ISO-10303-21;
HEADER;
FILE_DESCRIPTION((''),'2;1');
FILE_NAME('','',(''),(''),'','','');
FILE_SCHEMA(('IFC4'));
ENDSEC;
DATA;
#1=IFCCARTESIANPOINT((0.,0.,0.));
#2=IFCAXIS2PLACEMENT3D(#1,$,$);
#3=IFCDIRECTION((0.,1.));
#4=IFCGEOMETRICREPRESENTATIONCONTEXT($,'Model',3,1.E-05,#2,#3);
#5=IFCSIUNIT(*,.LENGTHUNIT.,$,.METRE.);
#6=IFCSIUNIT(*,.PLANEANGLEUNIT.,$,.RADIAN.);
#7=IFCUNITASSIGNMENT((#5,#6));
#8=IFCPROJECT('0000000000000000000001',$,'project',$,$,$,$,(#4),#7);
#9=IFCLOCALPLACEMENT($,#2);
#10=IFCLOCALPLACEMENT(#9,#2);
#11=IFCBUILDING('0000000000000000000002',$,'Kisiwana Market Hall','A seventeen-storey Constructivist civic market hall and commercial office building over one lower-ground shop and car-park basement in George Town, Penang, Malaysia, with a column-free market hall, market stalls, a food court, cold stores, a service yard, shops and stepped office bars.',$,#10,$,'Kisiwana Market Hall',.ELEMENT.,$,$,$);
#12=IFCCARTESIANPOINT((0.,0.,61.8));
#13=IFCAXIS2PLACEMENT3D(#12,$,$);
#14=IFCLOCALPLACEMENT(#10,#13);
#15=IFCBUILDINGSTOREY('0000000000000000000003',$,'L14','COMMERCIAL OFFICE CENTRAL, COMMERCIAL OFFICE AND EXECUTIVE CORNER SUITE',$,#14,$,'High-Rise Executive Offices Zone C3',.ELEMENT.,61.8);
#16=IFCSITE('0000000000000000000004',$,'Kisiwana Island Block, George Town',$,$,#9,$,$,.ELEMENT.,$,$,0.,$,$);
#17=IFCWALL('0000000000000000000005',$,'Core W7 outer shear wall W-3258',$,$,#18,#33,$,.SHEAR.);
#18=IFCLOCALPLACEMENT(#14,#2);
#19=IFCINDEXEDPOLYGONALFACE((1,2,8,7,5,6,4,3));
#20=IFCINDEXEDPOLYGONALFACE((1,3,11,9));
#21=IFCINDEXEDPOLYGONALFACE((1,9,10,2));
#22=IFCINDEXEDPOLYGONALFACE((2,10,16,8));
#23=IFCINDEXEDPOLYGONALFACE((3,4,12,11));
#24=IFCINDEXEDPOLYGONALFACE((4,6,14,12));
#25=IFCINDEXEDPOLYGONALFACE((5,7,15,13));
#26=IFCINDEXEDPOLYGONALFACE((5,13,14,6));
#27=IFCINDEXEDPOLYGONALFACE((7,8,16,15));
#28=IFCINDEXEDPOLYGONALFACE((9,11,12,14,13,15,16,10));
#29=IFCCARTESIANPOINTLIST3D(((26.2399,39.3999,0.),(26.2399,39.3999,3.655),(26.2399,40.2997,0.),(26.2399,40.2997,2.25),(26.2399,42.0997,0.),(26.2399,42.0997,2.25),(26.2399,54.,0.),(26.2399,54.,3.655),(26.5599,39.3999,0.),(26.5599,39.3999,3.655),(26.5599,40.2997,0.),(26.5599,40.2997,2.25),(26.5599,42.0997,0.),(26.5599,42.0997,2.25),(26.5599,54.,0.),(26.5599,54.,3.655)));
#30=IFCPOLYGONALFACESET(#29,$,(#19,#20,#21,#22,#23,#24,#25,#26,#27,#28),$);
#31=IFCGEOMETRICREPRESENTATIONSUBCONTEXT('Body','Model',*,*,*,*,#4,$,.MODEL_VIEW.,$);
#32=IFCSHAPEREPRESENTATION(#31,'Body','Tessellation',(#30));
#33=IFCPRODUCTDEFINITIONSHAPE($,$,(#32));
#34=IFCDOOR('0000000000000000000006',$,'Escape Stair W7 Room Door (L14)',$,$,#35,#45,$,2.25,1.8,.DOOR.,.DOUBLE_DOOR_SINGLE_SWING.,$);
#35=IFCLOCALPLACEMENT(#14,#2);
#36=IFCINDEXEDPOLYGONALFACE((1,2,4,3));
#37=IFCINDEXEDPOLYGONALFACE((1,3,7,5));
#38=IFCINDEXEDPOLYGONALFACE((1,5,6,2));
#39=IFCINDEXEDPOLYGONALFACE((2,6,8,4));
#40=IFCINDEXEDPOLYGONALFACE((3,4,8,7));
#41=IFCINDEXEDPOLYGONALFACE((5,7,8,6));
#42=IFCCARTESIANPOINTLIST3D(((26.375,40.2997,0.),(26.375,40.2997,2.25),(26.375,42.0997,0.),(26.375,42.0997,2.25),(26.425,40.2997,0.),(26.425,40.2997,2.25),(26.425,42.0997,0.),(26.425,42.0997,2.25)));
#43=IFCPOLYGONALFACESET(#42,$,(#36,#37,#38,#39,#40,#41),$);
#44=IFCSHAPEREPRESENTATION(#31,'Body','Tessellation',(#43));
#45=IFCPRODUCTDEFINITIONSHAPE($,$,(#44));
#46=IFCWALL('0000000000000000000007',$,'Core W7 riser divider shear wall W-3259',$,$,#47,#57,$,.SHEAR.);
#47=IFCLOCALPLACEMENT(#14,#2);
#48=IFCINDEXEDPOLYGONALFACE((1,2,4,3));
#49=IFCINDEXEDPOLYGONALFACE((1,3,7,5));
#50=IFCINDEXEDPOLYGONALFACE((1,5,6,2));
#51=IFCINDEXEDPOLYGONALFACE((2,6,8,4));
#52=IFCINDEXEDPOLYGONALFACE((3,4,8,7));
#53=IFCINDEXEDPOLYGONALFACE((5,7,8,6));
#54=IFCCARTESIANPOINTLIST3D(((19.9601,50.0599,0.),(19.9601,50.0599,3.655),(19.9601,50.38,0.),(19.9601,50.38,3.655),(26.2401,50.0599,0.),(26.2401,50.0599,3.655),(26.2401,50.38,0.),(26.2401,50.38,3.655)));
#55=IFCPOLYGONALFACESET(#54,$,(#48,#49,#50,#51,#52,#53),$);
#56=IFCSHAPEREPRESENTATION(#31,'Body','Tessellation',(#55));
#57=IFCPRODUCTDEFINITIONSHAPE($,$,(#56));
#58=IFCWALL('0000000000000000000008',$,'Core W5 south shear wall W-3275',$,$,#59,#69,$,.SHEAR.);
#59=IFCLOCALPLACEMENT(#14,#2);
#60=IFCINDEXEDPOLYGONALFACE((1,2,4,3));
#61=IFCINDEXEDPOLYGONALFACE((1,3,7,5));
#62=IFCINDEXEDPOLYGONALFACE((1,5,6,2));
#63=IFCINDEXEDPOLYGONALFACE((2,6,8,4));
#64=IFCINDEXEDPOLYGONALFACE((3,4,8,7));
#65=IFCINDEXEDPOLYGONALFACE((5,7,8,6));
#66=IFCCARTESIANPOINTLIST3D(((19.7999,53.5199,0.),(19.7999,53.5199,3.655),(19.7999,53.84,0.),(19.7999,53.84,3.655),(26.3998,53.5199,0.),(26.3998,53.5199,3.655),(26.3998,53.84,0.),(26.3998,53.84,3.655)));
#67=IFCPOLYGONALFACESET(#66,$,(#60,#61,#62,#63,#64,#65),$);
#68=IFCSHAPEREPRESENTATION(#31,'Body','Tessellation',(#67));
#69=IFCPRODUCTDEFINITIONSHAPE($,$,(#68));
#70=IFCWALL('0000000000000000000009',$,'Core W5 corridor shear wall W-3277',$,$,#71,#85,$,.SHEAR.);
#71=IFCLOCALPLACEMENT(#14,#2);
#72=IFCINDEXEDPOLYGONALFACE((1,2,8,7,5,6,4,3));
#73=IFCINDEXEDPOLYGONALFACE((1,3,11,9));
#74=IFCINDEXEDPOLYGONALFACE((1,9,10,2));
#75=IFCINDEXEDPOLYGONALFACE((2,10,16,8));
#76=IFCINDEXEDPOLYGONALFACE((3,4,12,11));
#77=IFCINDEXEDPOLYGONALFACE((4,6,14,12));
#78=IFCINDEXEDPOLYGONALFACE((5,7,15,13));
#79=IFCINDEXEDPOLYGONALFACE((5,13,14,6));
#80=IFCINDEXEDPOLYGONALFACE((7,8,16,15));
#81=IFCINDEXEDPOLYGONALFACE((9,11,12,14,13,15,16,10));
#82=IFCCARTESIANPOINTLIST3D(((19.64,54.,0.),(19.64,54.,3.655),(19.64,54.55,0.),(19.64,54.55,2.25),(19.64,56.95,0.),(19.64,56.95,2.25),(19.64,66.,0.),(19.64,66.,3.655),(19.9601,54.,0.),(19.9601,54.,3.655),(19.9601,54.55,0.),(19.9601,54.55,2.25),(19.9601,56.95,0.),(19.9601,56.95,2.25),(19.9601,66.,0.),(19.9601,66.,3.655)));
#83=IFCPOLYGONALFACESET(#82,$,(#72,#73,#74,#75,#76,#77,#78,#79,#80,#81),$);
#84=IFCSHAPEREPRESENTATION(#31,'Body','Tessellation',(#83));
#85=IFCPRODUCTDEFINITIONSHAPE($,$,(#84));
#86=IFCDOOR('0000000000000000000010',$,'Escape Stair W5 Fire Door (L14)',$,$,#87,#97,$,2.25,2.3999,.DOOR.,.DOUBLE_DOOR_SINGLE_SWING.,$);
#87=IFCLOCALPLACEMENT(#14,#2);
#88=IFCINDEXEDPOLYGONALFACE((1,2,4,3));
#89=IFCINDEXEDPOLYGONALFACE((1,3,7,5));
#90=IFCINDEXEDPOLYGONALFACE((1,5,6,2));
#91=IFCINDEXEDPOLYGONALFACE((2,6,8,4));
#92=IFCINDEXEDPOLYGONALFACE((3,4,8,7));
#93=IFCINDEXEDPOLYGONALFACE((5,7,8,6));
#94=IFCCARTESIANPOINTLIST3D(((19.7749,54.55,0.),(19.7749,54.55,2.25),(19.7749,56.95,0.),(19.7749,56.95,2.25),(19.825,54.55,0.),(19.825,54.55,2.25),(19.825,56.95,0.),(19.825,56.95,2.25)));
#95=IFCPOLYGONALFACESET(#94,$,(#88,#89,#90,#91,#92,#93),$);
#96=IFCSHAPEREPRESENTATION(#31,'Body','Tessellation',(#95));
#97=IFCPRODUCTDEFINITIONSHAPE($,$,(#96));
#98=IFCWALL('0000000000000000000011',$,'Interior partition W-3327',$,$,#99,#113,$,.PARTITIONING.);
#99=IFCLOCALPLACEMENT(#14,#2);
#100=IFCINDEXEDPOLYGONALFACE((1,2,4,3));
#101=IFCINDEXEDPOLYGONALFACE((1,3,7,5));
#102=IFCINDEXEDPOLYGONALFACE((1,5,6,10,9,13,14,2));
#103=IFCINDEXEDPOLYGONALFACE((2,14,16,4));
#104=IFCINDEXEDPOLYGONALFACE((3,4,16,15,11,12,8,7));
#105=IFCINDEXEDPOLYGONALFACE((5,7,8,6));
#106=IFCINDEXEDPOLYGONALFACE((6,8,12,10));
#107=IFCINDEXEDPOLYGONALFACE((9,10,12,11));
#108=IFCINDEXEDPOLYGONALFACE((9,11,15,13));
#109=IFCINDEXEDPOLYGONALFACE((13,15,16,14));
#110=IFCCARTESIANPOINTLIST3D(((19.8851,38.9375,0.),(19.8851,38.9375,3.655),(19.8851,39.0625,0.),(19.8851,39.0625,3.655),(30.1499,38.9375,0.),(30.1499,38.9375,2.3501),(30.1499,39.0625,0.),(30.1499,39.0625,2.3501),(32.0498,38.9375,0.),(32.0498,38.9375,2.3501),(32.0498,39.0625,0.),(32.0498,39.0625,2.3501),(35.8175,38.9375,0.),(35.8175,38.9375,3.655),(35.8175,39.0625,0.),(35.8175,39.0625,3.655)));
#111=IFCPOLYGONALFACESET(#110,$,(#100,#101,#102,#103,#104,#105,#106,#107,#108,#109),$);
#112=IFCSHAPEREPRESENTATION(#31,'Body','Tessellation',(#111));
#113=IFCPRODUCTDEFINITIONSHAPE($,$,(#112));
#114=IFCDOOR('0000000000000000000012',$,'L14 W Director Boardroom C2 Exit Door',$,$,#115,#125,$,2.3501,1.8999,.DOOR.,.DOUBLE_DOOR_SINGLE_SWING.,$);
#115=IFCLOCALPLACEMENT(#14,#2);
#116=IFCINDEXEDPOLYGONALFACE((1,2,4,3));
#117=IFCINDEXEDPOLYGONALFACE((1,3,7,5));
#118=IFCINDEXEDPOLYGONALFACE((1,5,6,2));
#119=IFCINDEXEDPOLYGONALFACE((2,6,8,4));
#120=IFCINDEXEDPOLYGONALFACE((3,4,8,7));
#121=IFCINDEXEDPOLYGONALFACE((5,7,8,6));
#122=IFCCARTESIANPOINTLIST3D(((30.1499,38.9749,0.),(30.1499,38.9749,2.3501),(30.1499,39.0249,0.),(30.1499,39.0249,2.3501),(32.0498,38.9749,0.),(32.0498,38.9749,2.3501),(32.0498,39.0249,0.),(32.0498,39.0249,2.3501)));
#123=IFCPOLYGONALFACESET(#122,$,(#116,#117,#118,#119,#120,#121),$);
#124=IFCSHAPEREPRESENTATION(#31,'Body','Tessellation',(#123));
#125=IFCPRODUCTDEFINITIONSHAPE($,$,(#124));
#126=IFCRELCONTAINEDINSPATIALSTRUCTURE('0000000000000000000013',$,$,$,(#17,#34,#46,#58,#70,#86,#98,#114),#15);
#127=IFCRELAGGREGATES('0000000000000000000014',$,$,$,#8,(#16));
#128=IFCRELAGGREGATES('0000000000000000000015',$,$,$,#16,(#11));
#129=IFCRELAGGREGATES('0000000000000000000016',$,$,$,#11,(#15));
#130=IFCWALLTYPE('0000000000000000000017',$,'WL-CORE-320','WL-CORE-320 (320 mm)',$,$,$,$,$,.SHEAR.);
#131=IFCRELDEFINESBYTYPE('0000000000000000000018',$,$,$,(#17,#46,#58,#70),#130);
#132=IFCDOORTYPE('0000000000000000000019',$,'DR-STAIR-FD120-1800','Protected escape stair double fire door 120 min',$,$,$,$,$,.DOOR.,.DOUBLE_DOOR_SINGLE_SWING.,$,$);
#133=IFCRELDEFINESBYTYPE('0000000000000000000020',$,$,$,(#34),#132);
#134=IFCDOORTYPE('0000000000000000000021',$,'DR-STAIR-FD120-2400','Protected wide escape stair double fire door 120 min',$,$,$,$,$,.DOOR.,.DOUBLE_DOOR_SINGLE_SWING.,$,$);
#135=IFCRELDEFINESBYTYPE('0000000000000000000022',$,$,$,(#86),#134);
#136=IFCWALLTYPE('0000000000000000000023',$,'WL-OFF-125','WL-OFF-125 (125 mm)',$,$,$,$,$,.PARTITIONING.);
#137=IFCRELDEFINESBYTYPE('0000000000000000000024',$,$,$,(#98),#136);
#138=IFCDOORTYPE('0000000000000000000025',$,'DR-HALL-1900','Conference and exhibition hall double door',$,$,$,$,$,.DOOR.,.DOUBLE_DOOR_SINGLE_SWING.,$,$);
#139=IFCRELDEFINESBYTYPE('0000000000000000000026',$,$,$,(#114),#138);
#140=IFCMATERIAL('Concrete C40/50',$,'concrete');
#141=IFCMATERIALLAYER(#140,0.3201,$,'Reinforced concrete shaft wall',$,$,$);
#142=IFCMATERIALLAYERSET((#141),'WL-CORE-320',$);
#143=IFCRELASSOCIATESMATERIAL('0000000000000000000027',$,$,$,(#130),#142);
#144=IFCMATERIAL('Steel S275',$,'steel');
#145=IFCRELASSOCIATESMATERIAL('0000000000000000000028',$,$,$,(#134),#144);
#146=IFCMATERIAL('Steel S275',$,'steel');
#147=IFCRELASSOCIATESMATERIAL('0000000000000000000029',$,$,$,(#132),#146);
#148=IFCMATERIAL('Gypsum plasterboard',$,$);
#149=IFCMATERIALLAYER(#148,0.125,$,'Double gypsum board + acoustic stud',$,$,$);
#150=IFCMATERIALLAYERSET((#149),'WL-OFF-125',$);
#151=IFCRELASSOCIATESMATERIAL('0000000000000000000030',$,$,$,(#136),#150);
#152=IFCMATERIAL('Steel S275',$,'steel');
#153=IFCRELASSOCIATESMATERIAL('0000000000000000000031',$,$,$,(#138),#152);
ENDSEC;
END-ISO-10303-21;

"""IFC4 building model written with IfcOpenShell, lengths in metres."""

from ifc_helpers import new_model, si_unit, direction, frame, frame_2d, origin, place, context, subcontext, project, spatial, rectangle, extrude, material, layer, layer_set, type_object, element, fill, save


model = new_model("IFC4")

# Units and contexts
model_context = context("Model", 3, precision=1e-05, world=origin(), true_north=direction((0.0, 1.0)))
body_context = subcontext(model_context, "Body", "Model", "MODEL_VIEW")
ifc_project = project(units=[si_unit("LENGTHUNIT", "METRE"), si_unit("PLANEANGLEUNIT", "RADIAN")], contexts=[model_context])

# Site, building, storey
site_placement = place(None, origin())
site = spatial("IfcSite", under=ifc_project, at=site_placement, Name="Kisiwana Island Block, George Town", CompositionType="ELEMENT", RefElevation=0.0)
building_placement = place(site_placement, origin())
building = spatial("IfcBuilding", under=site, at=building_placement, Name="Kisiwana Market Hall", Description="A seventeen-storey Constructivist civic market hall and commercial office building over one lower-ground shop and car-park basement in George Town, Penang, Malaysia, with a column-free market hall, market stalls, a food court, cold stores, a service yard, shops and stepped office bars.", LongName="Kisiwana Market Hall", CompositionType="ELEMENT")
storey_placement = place(building_placement, frame((0.0, 0.0, 61.8)))
storey = spatial("IfcBuildingStorey", under=building, at=storey_placement, Name="L14", Description="COMMERCIAL OFFICE CENTRAL, COMMERCIAL OFFICE AND EXECUTIVE CORNER SUITE", LongName="High-Rise Executive Offices Zone C3", CompositionType="ELEMENT", Elevation=61.8)

# Shared definitions
ifc_material_1 = material(Name="Concrete C40/50", Category="concrete")
ifc_layer_1 = layer(ifc_material_1, 0.3201, Name="Reinforced concrete shaft wall")
ifc_layer_set_1 = layer_set([ifc_layer_1], Name="WL-CORE-320")
wall_type_1 = type_object("IfcWallType", Name="WL-CORE-320", Description="WL-CORE-320 (320 mm)", PredefinedType="SHEAR", material=ifc_layer_set_1)
ifc_material_2 = material(Name="Steel S275", Category="steel")
door_type_1 = type_object("IfcDoorType", Name="DR-STAIR-FD120-2400", Description="Protected wide escape stair double fire door 120 min", OperationType="DOUBLE_DOOR_SINGLE_SWING", PredefinedType="DOOR", material=ifc_material_2)

# Wall, opening, door
wall_1_placement = place(storey_placement, frame((26.3999, 39.3999, 0.0), z_axis=(0.0, 0.0, 1.0), x_axis=(0.0, 1.0, 0.0)))
wall_1 = element("IfcWall", 1, at=wall_1_placement, inside=storey, type_object=wall_type_1, Name="Core W7 outer shear wall W-3258", PredefinedType="SHEAR", context=body_context, shape_type="SweptSolid", body=[
    extrude(rectangle(XDim=14.6001, YDim=0.3201, at=frame_2d((7.3, 0.0))), origin(), (0.0, 0.0, 1.0), 3.655),
])
opening_1_placement = place(wall_1_placement, frame((0.8999, 0.0, 0.0)))
opening_1 = element("IfcOpeningElement", 2, at=opening_1_placement, cuts=wall_1, PredefinedType="OPENING", context=body_context, shape_type="SweptSolid", body=[
    extrude(rectangle(XDim=1.8, YDim=2.25, at=frame_2d((0.8999, 1.125))), frame((0.0, 0.1719, 0.0), z_axis=(0.0, -1.0, 0.0), x_axis=(1.0, 0.0, 0.0)), (0.0, 0.0, 1.0), 0.344),
])
ifc_material_3 = material(Name="Steel S275", Category="steel")
door_type_2 = type_object("IfcDoorType", Name="DR-STAIR-FD120-1800", Description="Protected escape stair double fire door 120 min", OperationType="DOUBLE_DOOR_SINGLE_SWING", PredefinedType="DOOR", material=ifc_material_3)
door_1_placement = place(opening_1_placement, origin())
door_1 = element("IfcDoor", 3, at=door_1_placement, inside=storey, type_object=door_type_2, Name="Escape Stair W7 Room Door (L14)", OperationType="DOUBLE_DOOR_SINGLE_SWING", OverallHeight=2.25, OverallWidth=1.8, PredefinedType="DOOR", context=body_context, shape_type="SweptSolid", body=[
    extrude(rectangle(XDim=1.8, YDim=2.25, at=frame_2d((0.8999, 1.125))), frame((0.0, 0.0249, 0.0), z_axis=(0.0, -1.0, 0.0), x_axis=(1.0, 0.0, 0.0)), (0.0, 0.0, 1.0), 0.05),
])
fill(opening_1, door_1)

# Walls
wall_2_placement = place(storey_placement, frame((19.96, 50.22, 0.0), z_axis=(0.0, 0.0, 1.0), x_axis=(1.0, 0.0, 0.0)))
element("IfcWall", 4, at=wall_2_placement, inside=storey, type_object=wall_type_1, Name="Core W7 riser divider shear wall W-3259", PredefinedType="SHEAR", context=body_context, shape_type="SweptSolid", body=[
    extrude(rectangle(XDim=6.28, YDim=0.3201, at=frame_2d((3.1401, 0.0))), origin(), (0.0, 0.0, 1.0), 3.655),
])
wall_3_placement = place(storey_placement, frame((19.8, 53.6799, 0.0), z_axis=(0.0, 0.0, 1.0), x_axis=(1.0, 0.0, 0.0)))
element("IfcWall", 5, at=wall_3_placement, inside=storey, type_object=wall_type_1, Name="Core W5 south shear wall W-3275", PredefinedType="SHEAR", context=body_context, shape_type="SweptSolid", body=[
    extrude(rectangle(XDim=6.5999, YDim=0.3201, at=frame_2d((3.2998, 0.0))), origin(), (0.0, 0.0, 1.0), 3.655),
])

# Walls, openings, doors
wall_4_placement = place(storey_placement, frame((19.8, 54.0, 0.0), z_axis=(0.0, 0.0, 1.0), x_axis=(0.0, 1.0, 0.0)))
wall_4 = element("IfcWall", 6, at=wall_4_placement, inside=storey, type_object=wall_type_1, Name="Core W5 corridor shear wall W-3277", PredefinedType="SHEAR", context=body_context, shape_type="SweptSolid", body=[
    extrude(rectangle(XDim=12.0, YDim=0.3201, at=frame_2d((6.0, 0.0))), origin(), (0.0, 0.0, 1.0), 3.655),
])
opening_2_placement = place(wall_4_placement, frame((0.55, 0.0, 0.0)))
opening_2 = element("IfcOpeningElement", 7, at=opening_2_placement, cuts=wall_4, PredefinedType="OPENING", context=body_context, shape_type="SweptSolid", body=[
    extrude(rectangle(XDim=2.3999, YDim=2.25, at=frame_2d((1.2, 1.125))), frame((0.0, 0.1719, 0.0), z_axis=(0.0, -1.0, 0.0), x_axis=(1.0, 0.0, 0.0)), (0.0, 0.0, 1.0), 0.344),
])
door_2_placement = place(opening_2_placement, frame((2.3999, 0.0, 0.0), z_axis=(0.0, 0.0, 1.0), x_axis=(-1.0, 0.0, 0.0)))
door_2 = element("IfcDoor", 8, at=door_2_placement, inside=storey, type_object=door_type_1, Name="Escape Stair W5 Fire Door (L14)", OperationType="DOUBLE_DOOR_SINGLE_SWING", OverallHeight=2.25, OverallWidth=2.3999, PredefinedType="DOOR", context=body_context, shape_type="SweptSolid", body=[
    extrude(rectangle(XDim=2.3999, YDim=2.25, at=frame_2d((1.2, 1.125))), frame((0.0, 0.0249, 0.0), z_axis=(0.0, -1.0, 0.0), x_axis=(1.0, 0.0, 0.0)), (0.0, 0.0, 1.0), 0.05),
])
fill(opening_2, door_2)
ifc_material_4 = material(Name="Gypsum plasterboard")
ifc_layer_2 = layer(ifc_material_4, 0.125, Name="Double gypsum board + acoustic stud")
ifc_layer_set_2 = layer_set([ifc_layer_2], Name="WL-OFF-125")
wall_type_2 = type_object("IfcWallType", Name="WL-OFF-125", Description="WL-OFF-125 (125 mm)", PredefinedType="PARTITIONING", material=ifc_layer_set_2)
wall_5_placement = place(storey_placement, frame((19.885, 39.0, 0.0), z_axis=(0.0, 0.0, 1.0), x_axis=(1.0, 0.0, 0.0)))
wall_5 = element("IfcWall", 9, at=wall_5_placement, inside=storey, type_object=wall_type_2, Name="Interior partition W-3327", PredefinedType="PARTITIONING", context=body_context, shape_type="SweptSolid", body=[
    extrude(rectangle(XDim=15.9324, YDim=0.125, at=frame_2d((7.9663, 0.0))), origin(), (0.0, 0.0, 1.0), 3.655),
])
opening_3_placement = place(wall_5_placement, frame((10.2649, 0.0, 0.0)))
opening_3 = element("IfcOpeningElement", 10, at=opening_3_placement, cuts=wall_5, PredefinedType="OPENING", context=body_context, shape_type="SweptSolid", body=[
    extrude(rectangle(XDim=1.8999, YDim=2.3501, at=frame_2d((0.95, 1.175))), frame((0.0, 0.0745, 0.0), z_axis=(0.0, -1.0, 0.0), x_axis=(1.0, 0.0, 0.0)), (0.0, 0.0, 1.0), 0.1489),
])
ifc_material_5 = material(Name="Steel S275", Category="steel")
door_type_3 = type_object("IfcDoorType", Name="DR-HALL-1900", Description="Conference and exhibition hall double door", OperationType="DOUBLE_DOOR_SINGLE_SWING", PredefinedType="DOOR", material=ifc_material_5)
door_3_placement = place(opening_3_placement, origin())
door_3 = element("IfcDoor", 11, at=door_3_placement, inside=storey, type_object=door_type_3, Name="L14 W Director Boardroom C2 Exit Door", OperationType="DOUBLE_DOOR_SINGLE_SWING", OverallHeight=2.3501, OverallWidth=1.8999, PredefinedType="DOOR", context=body_context, shape_type="SweptSolid", body=[
    extrude(rectangle(XDim=1.8999, YDim=2.3501, at=frame_2d((0.95, 1.175))), frame((0.0, 0.0249, 0.0), z_axis=(0.0, -1.0, 0.0), x_axis=(1.0, 0.0, 0.0)), (0.0, 0.0, 1.0), 0.05),
])
fill(opening_3, door_3)

save(model, "model.ifc")
